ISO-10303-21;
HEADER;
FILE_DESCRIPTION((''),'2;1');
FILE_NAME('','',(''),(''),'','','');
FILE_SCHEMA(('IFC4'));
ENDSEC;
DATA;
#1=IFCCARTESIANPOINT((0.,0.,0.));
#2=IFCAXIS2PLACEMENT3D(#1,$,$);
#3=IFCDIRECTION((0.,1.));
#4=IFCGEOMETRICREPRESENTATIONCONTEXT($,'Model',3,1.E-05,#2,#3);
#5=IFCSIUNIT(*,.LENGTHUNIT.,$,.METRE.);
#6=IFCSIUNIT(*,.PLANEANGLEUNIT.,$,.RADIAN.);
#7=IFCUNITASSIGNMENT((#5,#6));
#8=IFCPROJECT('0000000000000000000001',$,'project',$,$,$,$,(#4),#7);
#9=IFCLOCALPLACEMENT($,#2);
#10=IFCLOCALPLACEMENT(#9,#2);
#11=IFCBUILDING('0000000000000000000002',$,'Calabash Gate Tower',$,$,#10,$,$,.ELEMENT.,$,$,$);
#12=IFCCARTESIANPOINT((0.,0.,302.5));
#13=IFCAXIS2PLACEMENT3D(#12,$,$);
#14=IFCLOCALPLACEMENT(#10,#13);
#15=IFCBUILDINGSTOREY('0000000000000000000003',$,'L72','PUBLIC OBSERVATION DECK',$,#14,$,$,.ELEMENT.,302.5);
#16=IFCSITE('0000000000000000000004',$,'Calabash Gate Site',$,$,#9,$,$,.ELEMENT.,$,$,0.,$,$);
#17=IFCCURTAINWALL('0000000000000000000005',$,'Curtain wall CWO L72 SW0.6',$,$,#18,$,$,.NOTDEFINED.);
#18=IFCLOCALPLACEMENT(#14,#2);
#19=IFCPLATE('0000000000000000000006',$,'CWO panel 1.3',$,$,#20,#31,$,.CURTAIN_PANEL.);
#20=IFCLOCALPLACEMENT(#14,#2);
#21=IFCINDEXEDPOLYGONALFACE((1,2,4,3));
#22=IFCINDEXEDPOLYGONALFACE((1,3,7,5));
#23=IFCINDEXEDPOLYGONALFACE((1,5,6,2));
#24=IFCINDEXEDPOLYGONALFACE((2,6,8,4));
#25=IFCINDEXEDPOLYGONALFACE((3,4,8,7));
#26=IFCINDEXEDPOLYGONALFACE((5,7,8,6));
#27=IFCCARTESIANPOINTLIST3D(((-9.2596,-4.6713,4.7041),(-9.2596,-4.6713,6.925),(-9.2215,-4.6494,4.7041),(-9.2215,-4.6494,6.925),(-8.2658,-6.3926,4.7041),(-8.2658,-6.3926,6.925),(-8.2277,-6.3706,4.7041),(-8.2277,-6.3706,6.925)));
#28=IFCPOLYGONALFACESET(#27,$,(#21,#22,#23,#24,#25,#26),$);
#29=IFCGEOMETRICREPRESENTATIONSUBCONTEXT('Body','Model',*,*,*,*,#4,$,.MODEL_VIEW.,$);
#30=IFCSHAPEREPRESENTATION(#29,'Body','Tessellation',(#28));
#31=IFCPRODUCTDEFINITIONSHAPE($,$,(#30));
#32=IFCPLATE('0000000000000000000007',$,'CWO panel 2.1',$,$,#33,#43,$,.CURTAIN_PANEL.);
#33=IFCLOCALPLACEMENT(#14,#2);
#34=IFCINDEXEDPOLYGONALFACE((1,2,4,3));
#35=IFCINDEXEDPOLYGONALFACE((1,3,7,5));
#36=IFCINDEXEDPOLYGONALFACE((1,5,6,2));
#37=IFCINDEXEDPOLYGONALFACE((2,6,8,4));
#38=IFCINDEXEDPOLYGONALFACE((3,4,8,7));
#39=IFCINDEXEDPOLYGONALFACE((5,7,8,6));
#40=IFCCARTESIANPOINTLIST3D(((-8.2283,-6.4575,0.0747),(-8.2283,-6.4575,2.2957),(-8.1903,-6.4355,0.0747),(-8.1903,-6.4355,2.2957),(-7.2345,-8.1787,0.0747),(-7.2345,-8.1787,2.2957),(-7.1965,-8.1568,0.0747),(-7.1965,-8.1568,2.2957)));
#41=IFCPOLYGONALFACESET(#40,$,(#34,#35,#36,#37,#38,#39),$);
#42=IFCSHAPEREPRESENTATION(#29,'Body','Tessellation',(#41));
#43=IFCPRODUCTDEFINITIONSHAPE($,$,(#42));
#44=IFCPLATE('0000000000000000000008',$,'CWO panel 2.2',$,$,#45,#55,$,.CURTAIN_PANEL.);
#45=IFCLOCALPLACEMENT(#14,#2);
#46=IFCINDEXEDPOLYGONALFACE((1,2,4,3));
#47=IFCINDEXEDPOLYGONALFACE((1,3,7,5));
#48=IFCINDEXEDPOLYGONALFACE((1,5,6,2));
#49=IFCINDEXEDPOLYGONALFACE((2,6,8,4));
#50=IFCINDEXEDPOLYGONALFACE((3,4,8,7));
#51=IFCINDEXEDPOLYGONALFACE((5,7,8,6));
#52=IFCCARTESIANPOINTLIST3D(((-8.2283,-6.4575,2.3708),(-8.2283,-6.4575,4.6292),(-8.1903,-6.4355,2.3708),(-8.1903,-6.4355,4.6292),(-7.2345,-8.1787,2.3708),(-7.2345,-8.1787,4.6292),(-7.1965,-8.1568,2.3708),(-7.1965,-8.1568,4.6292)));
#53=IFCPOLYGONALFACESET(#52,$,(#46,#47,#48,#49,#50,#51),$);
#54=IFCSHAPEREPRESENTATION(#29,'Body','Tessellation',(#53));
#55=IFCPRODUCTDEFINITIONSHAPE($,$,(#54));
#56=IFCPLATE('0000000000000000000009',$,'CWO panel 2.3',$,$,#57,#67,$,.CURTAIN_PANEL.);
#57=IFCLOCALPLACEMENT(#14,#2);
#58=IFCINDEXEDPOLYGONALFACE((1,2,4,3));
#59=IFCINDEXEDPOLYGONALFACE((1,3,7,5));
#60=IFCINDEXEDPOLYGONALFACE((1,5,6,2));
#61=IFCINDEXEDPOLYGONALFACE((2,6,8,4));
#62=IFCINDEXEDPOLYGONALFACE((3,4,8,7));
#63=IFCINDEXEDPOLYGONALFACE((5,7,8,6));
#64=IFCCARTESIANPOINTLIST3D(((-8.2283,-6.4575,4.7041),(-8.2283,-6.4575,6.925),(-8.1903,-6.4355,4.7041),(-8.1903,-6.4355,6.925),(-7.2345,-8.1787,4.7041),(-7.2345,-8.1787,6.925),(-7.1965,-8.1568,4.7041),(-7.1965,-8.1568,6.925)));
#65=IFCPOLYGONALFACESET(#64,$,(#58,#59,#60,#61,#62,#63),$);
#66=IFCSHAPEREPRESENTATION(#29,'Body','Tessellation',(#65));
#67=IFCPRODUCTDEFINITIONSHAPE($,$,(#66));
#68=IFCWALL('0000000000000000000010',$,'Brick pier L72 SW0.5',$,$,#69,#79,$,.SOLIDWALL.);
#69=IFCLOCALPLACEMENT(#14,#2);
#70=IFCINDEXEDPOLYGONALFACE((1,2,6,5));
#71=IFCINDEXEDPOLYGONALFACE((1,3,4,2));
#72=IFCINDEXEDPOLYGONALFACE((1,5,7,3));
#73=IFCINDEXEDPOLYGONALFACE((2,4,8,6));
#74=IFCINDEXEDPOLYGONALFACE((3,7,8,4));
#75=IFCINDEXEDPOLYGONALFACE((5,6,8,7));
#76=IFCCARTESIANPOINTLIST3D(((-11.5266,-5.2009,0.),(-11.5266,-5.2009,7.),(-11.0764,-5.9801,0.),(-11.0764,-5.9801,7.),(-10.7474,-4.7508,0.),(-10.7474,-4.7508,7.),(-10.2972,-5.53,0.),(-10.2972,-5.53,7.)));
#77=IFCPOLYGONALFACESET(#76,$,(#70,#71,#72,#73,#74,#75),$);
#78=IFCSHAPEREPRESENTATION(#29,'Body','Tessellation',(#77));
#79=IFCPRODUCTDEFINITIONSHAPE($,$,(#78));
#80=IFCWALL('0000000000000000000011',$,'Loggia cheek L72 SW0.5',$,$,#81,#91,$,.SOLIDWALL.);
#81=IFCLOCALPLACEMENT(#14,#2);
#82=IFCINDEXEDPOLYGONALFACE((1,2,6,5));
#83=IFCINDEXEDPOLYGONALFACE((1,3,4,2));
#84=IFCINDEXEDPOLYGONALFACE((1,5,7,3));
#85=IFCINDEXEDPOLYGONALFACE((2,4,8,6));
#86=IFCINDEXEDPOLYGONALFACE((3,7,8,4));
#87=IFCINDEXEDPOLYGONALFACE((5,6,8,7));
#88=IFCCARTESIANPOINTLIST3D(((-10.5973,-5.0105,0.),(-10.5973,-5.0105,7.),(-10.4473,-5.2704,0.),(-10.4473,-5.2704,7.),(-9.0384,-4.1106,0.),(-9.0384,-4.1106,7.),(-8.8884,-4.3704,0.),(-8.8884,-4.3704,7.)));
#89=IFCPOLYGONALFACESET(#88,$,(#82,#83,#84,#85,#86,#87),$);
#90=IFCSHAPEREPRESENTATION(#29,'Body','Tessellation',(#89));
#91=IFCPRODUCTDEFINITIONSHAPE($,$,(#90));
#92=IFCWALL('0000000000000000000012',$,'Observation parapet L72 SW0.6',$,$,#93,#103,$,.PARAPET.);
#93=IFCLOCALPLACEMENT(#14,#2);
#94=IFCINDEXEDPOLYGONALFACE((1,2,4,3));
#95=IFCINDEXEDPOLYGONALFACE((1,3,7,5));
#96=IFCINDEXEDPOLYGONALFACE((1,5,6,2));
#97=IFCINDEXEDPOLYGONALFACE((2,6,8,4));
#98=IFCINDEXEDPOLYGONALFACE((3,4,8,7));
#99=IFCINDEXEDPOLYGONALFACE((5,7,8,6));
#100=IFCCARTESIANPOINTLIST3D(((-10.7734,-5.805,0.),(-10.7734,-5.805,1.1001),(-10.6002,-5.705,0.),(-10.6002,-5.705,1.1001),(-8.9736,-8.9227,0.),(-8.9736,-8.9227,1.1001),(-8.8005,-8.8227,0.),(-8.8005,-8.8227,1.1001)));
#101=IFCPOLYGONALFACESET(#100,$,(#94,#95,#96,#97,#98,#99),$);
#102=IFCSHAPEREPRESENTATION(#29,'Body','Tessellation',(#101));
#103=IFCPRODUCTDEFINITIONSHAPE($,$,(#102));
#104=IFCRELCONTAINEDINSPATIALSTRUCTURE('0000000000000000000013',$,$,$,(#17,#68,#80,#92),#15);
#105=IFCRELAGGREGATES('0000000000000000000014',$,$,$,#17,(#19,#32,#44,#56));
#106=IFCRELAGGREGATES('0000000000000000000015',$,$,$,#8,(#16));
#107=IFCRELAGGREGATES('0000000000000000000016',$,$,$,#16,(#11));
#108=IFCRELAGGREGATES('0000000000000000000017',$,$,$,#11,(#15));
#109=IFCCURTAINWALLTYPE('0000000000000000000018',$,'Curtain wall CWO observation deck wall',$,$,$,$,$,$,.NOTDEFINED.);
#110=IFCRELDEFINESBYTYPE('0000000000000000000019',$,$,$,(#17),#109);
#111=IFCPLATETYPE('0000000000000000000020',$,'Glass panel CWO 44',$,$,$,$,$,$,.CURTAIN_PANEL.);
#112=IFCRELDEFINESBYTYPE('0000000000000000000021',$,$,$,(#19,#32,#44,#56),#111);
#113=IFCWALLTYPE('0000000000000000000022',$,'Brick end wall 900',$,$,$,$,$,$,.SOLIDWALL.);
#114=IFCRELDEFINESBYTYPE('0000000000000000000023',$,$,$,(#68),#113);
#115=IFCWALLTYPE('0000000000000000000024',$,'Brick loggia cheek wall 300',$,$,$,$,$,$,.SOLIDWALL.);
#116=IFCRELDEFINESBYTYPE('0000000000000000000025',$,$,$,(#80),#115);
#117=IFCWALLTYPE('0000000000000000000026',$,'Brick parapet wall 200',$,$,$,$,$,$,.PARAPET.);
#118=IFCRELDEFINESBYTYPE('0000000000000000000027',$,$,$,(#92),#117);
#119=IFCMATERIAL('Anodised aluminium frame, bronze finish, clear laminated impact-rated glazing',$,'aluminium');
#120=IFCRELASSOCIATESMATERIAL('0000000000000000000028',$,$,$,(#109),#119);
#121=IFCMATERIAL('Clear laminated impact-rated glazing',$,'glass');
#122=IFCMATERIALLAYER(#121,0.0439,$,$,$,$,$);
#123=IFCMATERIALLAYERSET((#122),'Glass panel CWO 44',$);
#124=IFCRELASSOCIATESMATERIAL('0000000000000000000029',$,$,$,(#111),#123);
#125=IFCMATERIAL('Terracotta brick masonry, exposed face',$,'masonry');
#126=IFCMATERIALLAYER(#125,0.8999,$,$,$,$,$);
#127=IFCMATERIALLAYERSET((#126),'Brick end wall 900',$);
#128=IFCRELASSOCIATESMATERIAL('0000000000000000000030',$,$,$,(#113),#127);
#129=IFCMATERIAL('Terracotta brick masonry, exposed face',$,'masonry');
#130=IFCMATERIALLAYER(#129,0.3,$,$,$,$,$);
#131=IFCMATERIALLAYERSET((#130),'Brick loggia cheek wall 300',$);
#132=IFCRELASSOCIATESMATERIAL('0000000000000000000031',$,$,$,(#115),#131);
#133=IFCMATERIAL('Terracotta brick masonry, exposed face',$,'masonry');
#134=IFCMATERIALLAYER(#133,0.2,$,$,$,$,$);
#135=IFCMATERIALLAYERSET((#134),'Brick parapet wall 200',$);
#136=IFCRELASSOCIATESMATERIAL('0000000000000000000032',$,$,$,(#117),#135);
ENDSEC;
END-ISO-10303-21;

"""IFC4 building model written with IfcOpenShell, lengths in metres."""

from ifc_helpers import new_model, si_unit, direction, frame, frame_2d, origin, origin_2d, place, context, subcontext, project, spatial, rectangle, extrude, material, layer, layer_set, type_object, element, aggregate, save


model = new_model("IFC4")

# Units and contexts
model_context = context("Model", 3, precision=1e-05, world=origin(), true_north=direction((0.0, 1.0)))
body_context = subcontext(model_context, "Body", "Model", "MODEL_VIEW")
ifc_project = project(units=[si_unit("LENGTHUNIT", "METRE"), si_unit("PLANEANGLEUNIT", "RADIAN")], contexts=[model_context])

# Site, building, storey
site_placement = place(None, origin())
site = spatial("IfcSite", under=ifc_project, at=site_placement, Name="Calabash Gate Site", CompositionType="ELEMENT", RefElevation=0.0)
building_placement = place(site_placement, origin())
building = spatial("IfcBuilding", under=site, at=building_placement, Name="Calabash Gate Tower", CompositionType="ELEMENT")
storey_placement = place(building_placement, frame((0.0, 0.0, 302.5)))
storey = spatial("IfcBuildingStorey", under=building, at=storey_placement, Name="L72", Description="PUBLIC OBSERVATION DECK", CompositionType="ELEMENT", Elevation=302.5)

# Curtain wall, plates
ifc_material_1 = material(Name="Anodised aluminium frame, bronze finish, clear laminated impact-rated glazing", Category="aluminium")
curtain_wall_type = type_object("IfcCurtainWallType", Name="Curtain wall CWO observation deck wall", PredefinedType="NOTDEFINED", material=ifc_material_1)
curtain_wall_placement = place(storey_placement, origin())
curtain_wall = element("IfcCurtainWall", 1, at=curtain_wall_placement, inside=storey, type_object=curtain_wall_type, Name="Curtain wall CWO L72 SW0.6", PredefinedType="NOTDEFINED")
ifc_material_2 = material(Name="Clear laminated impact-rated glazing", Category="glass")
ifc_layer_1 = layer(ifc_material_2, 0.0439)
ifc_layer_set_1 = layer_set([ifc_layer_1], Name="Glass panel CWO 44")
plate_type = type_object("IfcPlateType", Name="Glass panel CWO 44", PredefinedType="CURTAIN_PANEL", material=ifc_layer_set_1)
plate_1_placement = place(storey_placement, frame((-8.7437, -5.521, 4.7041), z_axis=(0.0, 0.0, 1.0), x_axis=(0.5, -0.866025, 0.0)))
plate_1 = element("IfcPlate", 2, at=plate_1_placement, type_object=plate_type, Name="CWO panel 1.3", PredefinedType="CURTAIN_PANEL", context=body_context, shape_type="SweptSolid", body=[
    extrude(rectangle(XDim=1.9875, YDim=0.0439, at=origin_2d()), origin(), (0.0, 0.0, 1.0), 2.2209),
])
plate_2_placement = place(storey_placement, frame((-7.7124, -7.3071, 0.0747), z_axis=(0.0, 0.0, 1.0), x_axis=(0.5, -0.866025, 0.0)))
plate_2 = element("IfcPlate", 3, at=plate_2_placement, type_object=plate_type, Name="CWO panel 2.1", PredefinedType="CURTAIN_PANEL", context=body_context, shape_type="SweptSolid", body=[
    extrude(rectangle(XDim=1.9875, YDim=0.0439, at=origin_2d()), origin(), (0.0, 0.0, 1.0), 2.2209),
])
plate_3_placement = place(storey_placement, frame((-7.7124, -7.3071, 2.3708), z_axis=(0.0, 0.0, 1.0), x_axis=(0.5, -0.866025, 0.0)))
plate_3 = element("IfcPlate", 4, at=plate_3_placement, type_object=plate_type, Name="CWO panel 2.2", PredefinedType="CURTAIN_PANEL", context=body_context, shape_type="SweptSolid", body=[
    extrude(rectangle(XDim=1.9875, YDim=0.0439, at=origin_2d()), origin(), (0.0, 0.0, 1.0), 2.2583),
])
plate_4_placement = place(storey_placement, frame((-7.7124, -7.3071, 4.7041), z_axis=(0.0, 0.0, 1.0), x_axis=(0.5, -0.866025, 0.0)))
plate_4 = element("IfcPlate", 5, at=plate_4_placement, type_object=plate_type, Name="CWO panel 2.3", PredefinedType="CURTAIN_PANEL", context=body_context, shape_type="SweptSolid", body=[
    extrude(rectangle(XDim=1.9875, YDim=0.0439, at=origin_2d()), origin(), (0.0, 0.0, 1.0), 2.2209),
])
aggregate(curtain_wall, [plate_1, plate_2, plate_3, plate_4])

# Walls
ifc_material_3 = material(Name="Terracotta brick masonry, exposed face", Category="masonry")
ifc_layer_2 = layer(ifc_material_3, 0.8999)
ifc_layer_set_2 = layer_set([ifc_layer_2], Name="Brick end wall 900")
wall_type_1 = type_object("IfcWallType", Name="Brick end wall 900", PredefinedType="SOLIDWALL", material=ifc_layer_set_2)
wall_1_placement = place(storey_placement, frame((-11.137, -4.9758, 0.0), z_axis=(0.0, 0.0, 1.0), x_axis=(0.500223, -0.865896, 0.0)))
element("IfcWall", 6, at=wall_1_placement, inside=storey, type_object=wall_type_1, Name="Brick pier L72 SW0.5", PredefinedType="SOLIDWALL", context=body_context, shape_type="SweptSolid", body=[
    extrude(rectangle(XDim=0.8999, YDim=0.8999, at=frame_2d((0.45, 0.0))), origin(), (0.0, 0.0, 1.0), 7.0),
])
ifc_material_4 = material(Name="Terracotta brick masonry, exposed face", Category="masonry")
ifc_layer_3 = layer(ifc_material_4, 0.3)
ifc_layer_set_3 = layer_set([ifc_layer_3], Name="Brick loggia cheek wall 300")
wall_type_2 = type_object("IfcWallType", Name="Brick loggia cheek wall 300", PredefinedType="SOLIDWALL", material=ifc_layer_set_3)
wall_2_placement = place(storey_placement, frame((-10.5222, -5.1404, 0.0), z_axis=(0.0, 0.0, 1.0), x_axis=(0.866048, 0.499961, 0.0)))
element("IfcWall", 7, at=wall_2_placement, inside=storey, type_object=wall_type_2, Name="Loggia cheek L72 SW0.5", PredefinedType="SOLIDWALL", context=body_context, shape_type="SweptSolid", body=[
    extrude(rectangle(XDim=1.8, YDim=0.3, at=frame_2d((0.8999, 0.0))), origin(), (0.0, 0.0, 1.0), 7.0),
])
ifc_material_5 = material(Name="Terracotta brick masonry, exposed face", Category="masonry")
ifc_layer_4 = layer(ifc_material_5, 0.2)
ifc_layer_set_4 = layer_set([ifc_layer_4], Name="Brick parapet wall 200")
wall_type_3 = type_object("IfcWallType", Name="Brick parapet wall 200", PredefinedType="PARAPET", material=ifc_layer_set_4)
wall_3_placement = place(storey_placement, frame((-10.6868, -5.7551, 0.0), z_axis=(0.0, 0.0, 1.0), x_axis=(0.499961, -0.866048, 0.0)))
element("IfcWall", 8, at=wall_3_placement, inside=storey, type_object=wall_type_3, Name="Observation parapet L72 SW0.6", PredefinedType="PARAPET", context=body_context, shape_type="SweptSolid", body=[
    extrude(rectangle(XDim=3.5999, YDim=0.2, at=frame_2d((1.7998, 0.0))), origin(), (0.0, 0.0, 1.0), 1.1001),
])

save(model, "model.ifc")
